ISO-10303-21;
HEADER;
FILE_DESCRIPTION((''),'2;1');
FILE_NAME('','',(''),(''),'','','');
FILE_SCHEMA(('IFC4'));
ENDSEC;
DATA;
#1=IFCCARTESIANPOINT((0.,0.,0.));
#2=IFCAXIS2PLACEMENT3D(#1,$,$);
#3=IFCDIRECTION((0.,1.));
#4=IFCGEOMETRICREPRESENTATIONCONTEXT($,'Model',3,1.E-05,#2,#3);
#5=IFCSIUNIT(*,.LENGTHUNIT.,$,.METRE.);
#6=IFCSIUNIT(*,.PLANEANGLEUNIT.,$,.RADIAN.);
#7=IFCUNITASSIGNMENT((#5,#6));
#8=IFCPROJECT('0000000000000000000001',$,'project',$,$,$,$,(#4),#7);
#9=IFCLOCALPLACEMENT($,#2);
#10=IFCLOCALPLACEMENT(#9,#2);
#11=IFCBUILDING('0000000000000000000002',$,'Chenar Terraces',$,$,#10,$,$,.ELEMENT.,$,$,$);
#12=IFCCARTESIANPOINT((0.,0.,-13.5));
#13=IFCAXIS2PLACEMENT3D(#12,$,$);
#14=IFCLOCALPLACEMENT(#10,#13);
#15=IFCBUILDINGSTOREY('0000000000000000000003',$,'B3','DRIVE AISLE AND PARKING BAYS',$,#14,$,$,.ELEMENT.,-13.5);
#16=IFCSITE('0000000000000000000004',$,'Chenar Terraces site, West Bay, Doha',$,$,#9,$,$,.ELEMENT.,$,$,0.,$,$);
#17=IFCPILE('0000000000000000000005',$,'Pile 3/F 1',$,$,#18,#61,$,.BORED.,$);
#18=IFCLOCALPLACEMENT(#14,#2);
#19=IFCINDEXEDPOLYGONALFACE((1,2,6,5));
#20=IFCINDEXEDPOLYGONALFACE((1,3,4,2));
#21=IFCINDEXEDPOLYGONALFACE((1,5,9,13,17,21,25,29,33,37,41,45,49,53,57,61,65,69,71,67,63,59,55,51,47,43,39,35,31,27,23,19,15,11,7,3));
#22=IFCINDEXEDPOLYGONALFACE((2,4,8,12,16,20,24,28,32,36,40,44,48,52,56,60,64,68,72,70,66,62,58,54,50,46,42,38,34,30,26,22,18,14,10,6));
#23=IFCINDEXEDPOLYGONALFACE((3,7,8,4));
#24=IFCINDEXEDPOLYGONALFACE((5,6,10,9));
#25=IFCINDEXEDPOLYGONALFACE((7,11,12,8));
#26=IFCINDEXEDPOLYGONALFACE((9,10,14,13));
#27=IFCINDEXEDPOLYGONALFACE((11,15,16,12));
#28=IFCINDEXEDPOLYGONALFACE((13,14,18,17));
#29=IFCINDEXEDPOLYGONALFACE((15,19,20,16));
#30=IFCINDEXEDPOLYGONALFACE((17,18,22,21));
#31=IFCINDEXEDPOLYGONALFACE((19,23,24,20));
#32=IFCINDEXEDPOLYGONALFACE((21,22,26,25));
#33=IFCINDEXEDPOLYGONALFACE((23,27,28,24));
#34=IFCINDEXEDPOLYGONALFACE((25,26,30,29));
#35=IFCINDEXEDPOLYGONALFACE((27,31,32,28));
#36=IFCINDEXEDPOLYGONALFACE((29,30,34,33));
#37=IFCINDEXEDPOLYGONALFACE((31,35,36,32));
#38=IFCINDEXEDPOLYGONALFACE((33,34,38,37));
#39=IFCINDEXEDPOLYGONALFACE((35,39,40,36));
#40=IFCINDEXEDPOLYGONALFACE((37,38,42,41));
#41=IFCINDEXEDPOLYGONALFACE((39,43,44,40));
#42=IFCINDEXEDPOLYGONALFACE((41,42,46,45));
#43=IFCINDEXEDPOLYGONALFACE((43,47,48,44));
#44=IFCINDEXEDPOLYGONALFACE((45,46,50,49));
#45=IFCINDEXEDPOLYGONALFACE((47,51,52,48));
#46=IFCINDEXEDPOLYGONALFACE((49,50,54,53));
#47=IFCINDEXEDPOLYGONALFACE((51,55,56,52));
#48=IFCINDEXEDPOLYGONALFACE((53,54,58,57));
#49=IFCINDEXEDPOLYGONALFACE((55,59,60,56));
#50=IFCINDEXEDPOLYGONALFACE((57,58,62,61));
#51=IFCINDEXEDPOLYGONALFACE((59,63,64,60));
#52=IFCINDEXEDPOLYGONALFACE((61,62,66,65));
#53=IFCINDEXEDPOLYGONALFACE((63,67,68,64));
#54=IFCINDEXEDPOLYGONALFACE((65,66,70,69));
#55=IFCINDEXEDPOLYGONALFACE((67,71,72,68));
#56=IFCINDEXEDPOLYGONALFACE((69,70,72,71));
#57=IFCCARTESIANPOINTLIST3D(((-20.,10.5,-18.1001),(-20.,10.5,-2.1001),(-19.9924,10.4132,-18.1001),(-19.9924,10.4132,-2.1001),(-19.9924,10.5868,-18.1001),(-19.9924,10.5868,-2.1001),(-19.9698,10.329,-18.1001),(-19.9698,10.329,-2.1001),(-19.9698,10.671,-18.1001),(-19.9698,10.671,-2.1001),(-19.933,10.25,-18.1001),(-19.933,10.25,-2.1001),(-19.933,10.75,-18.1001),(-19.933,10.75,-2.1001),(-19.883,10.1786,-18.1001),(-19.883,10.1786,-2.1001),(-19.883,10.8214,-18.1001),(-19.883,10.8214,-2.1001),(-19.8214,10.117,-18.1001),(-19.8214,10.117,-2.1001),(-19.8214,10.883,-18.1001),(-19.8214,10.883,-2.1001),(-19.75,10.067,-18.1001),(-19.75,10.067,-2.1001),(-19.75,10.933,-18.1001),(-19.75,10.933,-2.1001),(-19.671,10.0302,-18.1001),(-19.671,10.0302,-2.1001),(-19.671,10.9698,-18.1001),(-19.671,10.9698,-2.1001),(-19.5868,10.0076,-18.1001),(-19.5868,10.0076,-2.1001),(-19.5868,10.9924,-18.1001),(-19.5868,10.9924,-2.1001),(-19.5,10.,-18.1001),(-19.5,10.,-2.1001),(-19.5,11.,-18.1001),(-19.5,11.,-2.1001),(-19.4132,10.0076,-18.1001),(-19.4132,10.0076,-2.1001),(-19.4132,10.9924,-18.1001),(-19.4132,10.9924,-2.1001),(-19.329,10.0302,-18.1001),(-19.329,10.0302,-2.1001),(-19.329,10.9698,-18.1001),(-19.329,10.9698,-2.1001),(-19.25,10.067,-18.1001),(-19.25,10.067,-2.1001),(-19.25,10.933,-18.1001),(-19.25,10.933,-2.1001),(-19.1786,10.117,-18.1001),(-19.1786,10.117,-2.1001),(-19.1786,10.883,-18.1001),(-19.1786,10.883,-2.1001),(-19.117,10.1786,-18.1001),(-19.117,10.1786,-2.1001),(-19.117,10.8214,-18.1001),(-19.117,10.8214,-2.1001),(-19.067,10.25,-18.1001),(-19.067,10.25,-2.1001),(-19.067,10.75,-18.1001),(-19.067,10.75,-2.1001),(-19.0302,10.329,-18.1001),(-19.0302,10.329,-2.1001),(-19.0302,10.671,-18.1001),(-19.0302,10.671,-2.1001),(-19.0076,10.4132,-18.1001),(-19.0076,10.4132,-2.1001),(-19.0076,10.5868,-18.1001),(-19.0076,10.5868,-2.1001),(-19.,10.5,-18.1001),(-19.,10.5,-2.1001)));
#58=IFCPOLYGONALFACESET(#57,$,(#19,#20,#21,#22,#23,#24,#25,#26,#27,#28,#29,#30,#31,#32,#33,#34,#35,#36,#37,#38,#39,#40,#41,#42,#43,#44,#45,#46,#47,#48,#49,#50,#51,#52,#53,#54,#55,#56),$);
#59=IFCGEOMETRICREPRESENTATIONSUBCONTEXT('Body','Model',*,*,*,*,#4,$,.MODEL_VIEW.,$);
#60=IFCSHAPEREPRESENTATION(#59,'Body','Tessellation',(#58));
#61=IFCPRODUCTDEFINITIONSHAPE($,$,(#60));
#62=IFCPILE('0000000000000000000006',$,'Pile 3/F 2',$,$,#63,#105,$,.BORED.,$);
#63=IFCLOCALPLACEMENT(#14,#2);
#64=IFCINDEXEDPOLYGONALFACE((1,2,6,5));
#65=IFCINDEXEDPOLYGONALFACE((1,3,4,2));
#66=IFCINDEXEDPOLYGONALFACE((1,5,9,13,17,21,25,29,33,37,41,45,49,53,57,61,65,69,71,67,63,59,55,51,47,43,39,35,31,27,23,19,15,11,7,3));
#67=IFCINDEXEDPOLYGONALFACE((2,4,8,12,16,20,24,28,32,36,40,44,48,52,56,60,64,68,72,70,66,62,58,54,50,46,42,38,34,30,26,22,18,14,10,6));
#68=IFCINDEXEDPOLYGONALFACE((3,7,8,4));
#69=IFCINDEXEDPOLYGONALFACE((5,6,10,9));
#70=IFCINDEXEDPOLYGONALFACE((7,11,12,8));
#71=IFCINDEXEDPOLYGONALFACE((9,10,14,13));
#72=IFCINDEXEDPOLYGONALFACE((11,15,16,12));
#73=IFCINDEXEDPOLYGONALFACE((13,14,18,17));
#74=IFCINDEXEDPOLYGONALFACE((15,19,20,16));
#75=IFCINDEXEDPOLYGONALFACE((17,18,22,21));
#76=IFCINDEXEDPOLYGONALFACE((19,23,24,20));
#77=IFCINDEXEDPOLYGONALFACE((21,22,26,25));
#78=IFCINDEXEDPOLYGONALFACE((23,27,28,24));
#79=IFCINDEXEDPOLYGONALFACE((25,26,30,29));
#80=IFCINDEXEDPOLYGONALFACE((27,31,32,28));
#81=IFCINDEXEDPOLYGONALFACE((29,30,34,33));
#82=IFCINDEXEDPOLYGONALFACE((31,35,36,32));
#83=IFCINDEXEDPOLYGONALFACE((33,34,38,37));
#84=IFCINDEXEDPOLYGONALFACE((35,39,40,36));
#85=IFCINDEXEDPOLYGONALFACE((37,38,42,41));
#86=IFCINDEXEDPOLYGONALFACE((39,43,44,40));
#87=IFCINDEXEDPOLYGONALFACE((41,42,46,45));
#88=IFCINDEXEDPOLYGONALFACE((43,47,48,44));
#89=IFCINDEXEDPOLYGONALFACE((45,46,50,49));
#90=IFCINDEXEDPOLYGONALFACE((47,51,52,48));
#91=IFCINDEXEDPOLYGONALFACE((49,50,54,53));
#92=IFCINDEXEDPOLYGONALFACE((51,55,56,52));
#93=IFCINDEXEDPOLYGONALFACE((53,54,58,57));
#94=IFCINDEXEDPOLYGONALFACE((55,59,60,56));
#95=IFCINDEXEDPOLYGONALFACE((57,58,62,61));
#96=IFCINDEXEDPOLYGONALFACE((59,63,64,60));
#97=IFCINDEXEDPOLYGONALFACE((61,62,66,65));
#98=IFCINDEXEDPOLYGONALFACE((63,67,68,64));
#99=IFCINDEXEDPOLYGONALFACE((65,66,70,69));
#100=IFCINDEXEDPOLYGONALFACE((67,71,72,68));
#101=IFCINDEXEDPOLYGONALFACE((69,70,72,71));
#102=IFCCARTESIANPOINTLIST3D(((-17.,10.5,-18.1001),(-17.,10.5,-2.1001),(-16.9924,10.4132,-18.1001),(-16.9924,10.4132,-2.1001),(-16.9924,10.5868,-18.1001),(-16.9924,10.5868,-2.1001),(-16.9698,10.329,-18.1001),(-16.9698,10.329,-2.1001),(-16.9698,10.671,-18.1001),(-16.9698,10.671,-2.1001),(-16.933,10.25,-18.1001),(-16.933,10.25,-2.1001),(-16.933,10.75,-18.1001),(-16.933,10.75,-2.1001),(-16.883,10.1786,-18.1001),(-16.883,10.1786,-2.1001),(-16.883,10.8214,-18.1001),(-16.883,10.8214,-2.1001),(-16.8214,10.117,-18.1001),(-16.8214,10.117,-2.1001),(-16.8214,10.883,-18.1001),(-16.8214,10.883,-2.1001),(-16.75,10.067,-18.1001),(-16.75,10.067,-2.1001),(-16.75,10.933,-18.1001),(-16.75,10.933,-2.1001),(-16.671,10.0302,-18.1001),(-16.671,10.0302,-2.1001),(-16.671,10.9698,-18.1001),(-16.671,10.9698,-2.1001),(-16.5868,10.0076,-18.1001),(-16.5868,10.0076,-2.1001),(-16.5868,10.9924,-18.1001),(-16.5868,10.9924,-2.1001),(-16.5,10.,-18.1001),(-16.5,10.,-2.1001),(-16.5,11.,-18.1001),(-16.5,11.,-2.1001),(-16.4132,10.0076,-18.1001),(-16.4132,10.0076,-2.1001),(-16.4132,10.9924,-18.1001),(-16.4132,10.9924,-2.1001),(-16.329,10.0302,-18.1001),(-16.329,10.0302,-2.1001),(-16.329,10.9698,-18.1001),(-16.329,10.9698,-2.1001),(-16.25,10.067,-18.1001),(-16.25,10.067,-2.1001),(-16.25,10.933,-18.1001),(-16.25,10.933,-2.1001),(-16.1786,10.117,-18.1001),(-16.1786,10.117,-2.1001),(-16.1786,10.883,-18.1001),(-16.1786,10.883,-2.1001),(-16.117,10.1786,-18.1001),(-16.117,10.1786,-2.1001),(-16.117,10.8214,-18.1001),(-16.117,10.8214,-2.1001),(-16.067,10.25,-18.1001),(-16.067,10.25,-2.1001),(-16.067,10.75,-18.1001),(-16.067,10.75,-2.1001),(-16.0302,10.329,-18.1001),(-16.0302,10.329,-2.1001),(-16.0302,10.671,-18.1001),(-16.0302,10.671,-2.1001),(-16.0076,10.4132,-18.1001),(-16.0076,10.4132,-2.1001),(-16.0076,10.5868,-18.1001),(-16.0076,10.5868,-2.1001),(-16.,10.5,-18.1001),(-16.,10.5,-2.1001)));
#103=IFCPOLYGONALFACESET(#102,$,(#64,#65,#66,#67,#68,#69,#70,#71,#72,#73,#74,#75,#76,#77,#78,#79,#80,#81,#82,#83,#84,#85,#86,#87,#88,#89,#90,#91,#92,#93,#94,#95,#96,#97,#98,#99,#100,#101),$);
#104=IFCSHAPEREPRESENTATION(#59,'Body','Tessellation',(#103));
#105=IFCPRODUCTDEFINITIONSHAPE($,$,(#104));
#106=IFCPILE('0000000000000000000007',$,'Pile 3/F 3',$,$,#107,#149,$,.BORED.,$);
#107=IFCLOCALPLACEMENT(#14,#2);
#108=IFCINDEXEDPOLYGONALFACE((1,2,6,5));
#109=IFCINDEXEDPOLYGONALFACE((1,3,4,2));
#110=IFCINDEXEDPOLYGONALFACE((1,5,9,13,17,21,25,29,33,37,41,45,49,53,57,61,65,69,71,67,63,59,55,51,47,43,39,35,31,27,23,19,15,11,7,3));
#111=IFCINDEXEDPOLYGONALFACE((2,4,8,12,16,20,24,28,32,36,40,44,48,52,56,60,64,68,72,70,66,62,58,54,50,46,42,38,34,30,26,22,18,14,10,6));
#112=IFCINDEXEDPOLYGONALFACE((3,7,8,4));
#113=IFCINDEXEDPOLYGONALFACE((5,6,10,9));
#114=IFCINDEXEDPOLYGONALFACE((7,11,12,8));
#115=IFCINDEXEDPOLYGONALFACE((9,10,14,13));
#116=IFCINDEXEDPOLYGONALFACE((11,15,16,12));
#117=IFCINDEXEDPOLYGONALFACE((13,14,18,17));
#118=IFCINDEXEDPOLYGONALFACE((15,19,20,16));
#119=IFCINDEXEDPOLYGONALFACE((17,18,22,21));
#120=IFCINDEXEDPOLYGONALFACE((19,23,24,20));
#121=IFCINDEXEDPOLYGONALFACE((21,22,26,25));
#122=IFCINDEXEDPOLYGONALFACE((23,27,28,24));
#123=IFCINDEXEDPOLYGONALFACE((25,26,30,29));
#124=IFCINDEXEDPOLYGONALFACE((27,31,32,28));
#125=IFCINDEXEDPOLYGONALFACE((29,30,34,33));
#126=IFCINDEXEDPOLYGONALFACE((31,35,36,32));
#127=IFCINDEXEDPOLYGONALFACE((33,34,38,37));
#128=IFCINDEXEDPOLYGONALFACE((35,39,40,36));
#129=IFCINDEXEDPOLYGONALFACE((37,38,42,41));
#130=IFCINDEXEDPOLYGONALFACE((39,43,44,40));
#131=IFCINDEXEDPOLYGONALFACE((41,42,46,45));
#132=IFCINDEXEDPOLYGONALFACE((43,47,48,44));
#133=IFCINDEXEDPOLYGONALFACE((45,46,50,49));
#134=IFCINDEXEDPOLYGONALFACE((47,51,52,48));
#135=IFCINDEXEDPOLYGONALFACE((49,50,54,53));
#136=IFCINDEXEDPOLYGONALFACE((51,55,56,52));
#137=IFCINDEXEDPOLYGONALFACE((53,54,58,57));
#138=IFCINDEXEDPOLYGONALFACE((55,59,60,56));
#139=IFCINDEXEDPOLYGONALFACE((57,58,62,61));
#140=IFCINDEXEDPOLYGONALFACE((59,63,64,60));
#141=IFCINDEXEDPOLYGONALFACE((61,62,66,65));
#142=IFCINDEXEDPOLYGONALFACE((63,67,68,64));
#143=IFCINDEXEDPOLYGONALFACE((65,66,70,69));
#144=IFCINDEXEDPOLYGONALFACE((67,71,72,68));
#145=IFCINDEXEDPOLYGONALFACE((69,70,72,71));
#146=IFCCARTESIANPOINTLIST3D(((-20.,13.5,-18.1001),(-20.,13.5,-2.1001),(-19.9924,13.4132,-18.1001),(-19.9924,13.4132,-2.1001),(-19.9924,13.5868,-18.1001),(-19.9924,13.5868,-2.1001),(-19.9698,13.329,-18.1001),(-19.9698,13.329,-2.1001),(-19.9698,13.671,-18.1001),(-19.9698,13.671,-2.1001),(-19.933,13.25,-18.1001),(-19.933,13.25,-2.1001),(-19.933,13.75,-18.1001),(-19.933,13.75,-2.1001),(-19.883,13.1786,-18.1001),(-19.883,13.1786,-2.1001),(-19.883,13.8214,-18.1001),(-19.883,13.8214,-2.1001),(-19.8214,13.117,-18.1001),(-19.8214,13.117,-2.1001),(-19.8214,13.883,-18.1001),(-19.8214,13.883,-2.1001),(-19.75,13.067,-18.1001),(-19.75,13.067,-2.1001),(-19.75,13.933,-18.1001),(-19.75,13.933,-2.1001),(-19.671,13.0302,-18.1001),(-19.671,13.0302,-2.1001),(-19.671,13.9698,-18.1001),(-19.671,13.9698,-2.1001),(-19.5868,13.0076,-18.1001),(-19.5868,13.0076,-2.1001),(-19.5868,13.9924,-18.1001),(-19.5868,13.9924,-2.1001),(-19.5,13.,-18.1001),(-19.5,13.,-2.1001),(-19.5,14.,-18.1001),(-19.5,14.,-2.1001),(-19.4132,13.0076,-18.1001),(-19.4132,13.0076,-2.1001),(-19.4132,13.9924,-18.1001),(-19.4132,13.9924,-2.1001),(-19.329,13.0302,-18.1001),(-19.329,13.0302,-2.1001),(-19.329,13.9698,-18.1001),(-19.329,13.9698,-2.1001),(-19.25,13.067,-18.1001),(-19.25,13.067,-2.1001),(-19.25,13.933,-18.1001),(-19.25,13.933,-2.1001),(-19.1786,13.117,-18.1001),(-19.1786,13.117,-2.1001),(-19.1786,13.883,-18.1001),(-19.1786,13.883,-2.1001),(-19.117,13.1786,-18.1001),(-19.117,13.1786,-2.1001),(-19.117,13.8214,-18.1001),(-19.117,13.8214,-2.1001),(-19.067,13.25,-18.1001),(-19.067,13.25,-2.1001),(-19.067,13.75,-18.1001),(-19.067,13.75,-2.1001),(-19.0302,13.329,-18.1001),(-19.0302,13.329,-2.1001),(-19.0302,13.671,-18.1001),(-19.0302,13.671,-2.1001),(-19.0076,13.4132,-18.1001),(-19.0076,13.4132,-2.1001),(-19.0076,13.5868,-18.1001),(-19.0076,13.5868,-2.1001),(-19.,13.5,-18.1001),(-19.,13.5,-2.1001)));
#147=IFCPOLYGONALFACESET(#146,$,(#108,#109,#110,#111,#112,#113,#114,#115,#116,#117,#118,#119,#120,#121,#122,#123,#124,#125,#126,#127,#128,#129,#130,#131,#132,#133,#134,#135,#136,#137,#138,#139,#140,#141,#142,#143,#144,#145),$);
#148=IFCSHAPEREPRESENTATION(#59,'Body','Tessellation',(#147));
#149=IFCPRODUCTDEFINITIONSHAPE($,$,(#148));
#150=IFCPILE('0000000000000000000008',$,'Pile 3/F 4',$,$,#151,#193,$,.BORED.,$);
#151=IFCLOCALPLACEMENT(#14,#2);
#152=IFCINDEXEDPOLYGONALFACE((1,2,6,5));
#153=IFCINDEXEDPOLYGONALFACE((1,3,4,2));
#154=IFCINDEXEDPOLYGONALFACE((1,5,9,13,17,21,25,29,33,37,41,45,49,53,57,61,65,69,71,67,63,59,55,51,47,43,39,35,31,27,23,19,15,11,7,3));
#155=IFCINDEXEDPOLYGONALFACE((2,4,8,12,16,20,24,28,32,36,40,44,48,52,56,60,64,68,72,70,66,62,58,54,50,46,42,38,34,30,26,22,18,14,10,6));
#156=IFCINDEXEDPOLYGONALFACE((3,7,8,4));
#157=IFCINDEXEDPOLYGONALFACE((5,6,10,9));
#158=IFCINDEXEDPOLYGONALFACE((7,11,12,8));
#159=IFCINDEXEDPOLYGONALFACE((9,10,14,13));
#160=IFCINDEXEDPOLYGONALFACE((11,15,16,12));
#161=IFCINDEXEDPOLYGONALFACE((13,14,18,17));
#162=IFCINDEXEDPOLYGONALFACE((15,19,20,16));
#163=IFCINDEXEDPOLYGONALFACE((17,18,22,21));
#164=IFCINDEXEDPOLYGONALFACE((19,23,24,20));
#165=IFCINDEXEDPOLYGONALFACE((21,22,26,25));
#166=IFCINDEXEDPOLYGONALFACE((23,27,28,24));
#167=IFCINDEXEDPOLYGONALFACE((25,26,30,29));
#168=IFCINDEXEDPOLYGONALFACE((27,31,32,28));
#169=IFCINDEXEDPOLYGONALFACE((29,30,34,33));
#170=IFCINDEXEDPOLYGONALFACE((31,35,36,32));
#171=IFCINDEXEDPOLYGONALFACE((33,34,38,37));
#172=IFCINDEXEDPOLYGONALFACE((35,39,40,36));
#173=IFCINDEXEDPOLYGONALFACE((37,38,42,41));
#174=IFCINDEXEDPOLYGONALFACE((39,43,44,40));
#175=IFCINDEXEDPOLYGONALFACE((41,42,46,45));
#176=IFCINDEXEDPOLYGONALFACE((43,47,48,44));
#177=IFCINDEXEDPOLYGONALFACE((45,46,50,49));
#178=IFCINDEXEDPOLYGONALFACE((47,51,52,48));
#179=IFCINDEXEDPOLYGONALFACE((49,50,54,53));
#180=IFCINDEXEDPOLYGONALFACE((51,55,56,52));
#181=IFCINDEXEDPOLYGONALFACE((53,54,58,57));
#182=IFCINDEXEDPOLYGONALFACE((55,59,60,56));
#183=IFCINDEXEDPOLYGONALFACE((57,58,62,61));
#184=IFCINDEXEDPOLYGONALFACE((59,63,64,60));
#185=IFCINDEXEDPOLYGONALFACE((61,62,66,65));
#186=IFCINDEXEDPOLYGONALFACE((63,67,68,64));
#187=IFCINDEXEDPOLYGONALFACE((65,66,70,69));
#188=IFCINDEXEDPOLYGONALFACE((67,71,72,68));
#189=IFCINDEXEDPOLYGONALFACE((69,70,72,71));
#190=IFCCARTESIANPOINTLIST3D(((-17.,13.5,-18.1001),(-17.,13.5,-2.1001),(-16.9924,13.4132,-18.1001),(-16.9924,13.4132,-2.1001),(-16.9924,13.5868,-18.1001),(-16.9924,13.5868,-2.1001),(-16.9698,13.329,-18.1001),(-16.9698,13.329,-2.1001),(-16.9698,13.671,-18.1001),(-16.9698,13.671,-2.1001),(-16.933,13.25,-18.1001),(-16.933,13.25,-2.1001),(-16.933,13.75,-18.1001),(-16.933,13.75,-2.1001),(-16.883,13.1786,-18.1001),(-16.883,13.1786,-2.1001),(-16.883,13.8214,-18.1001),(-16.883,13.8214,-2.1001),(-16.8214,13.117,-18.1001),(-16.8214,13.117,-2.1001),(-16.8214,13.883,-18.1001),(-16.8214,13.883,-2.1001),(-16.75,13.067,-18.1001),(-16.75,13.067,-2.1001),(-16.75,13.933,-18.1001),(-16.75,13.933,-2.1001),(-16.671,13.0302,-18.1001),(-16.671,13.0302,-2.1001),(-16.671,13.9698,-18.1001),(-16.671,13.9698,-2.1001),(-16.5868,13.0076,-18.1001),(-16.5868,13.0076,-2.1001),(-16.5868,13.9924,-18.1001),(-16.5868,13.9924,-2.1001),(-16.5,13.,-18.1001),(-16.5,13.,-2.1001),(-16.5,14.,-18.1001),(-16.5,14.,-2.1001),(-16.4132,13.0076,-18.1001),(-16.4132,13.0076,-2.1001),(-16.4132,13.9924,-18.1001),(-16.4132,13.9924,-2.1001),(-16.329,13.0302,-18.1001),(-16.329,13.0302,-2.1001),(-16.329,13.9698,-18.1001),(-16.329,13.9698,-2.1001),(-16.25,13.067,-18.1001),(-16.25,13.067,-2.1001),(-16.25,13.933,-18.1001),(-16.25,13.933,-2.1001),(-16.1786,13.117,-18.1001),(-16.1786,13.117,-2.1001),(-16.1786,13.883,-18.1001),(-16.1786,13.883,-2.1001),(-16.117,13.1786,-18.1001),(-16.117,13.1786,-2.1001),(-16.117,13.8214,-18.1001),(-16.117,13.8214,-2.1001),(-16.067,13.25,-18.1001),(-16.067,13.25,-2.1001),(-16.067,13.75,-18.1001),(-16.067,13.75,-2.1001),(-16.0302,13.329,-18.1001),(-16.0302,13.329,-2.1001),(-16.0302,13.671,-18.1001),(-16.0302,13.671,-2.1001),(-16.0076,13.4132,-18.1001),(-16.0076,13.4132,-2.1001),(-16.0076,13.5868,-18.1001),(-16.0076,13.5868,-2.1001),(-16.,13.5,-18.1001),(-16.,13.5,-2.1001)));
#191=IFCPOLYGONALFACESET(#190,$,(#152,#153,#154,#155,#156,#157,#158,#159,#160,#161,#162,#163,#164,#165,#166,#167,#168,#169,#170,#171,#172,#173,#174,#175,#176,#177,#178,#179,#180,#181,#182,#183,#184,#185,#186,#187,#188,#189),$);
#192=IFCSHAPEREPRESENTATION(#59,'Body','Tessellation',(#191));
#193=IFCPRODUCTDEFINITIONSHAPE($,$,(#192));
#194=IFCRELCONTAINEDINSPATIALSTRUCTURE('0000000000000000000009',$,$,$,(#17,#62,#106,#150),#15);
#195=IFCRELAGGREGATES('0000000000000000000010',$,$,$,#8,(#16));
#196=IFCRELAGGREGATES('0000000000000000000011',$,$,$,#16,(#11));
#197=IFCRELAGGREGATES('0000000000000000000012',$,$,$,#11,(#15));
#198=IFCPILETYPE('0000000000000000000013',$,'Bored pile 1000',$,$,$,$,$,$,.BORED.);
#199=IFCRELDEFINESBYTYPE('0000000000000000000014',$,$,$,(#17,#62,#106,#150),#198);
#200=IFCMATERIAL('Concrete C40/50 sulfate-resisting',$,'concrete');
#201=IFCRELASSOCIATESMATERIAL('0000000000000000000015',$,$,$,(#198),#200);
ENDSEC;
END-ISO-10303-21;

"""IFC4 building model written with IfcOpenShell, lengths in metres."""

from ifc_helpers import new_model, si_unit, direction, frame, origin, origin_2d, place, context, subcontext, project, spatial, circle, extrude, material, material_profile, profile_set, type_object, element, save


model = new_model("IFC4")

# Units and contexts
model_context = context("Model", 3, precision=1e-05, world=origin(), true_north=direction((0.0, 1.0)))
body_context = subcontext(model_context, "Body", "Model", "MODEL_VIEW")
ifc_project = project(units=[si_unit("LENGTHUNIT", "METRE"), si_unit("PLANEANGLEUNIT", "RADIAN")], contexts=[model_context])

# Site, building, storey
site_placement = place(None, origin())
site = spatial("IfcSite", under=ifc_project, at=site_placement, Name="Chenar Terraces site, West Bay, Doha", CompositionType="ELEMENT", RefElevation=0.0)
building_placement = place(site_placement, origin())
building = spatial("IfcBuilding", under=site, at=building_placement, Name="Chenar Terraces", CompositionType="ELEMENT")
storey_placement = place(building_placement, frame((0.0, 0.0, -13.5)))
storey = spatial("IfcBuildingStorey", under=building, at=storey_placement, Name="B3", Description="DRIVE AISLE AND PARKING BAYS", CompositionType="ELEMENT", Elevation=-13.5)

# Piles
ifc_material_1 = material(Name="Concrete C40/50 sulfate-resisting", Category="concrete")
ifc_material_profile_1 = material_profile(ifc_material_1, circle(Radius=0.5, at=origin_2d()), Name="BP 1000")
ifc_profile_set_1 = profile_set([ifc_material_profile_1], Name="Concrete C40/50 sulfate-resisting")
pile_type_1 = type_object("IfcPileType", Name="Bored pile 1000", PredefinedType="BORED", material=ifc_profile_set_1)
for number, where, z_axis, x_axis, name in (
    (1, (-19.5, 10.5, -2.1001), (0.0, 0.0, -1.0), (1.0, 0.0, 0.0), "Pile 3/F 1"),
    (2, (-16.5, 10.5, -2.1001), (0.0, 0.0, -1.0), (1.0, 0.0, 0.0), "Pile 3/F 2"),
    (3, (-19.5, 13.5, -2.1001), (0.0, 0.0, -1.0), (1.0, 0.0, 0.0), "Pile 3/F 3"),
    (4, (-16.5, 13.5, -2.1001), (0.0, 0.0, -1.0), (1.0, 0.0, 0.0), "Pile 3/F 4"),
):
    element("IfcPile", number, at=place(storey_placement, frame(where, z_axis=z_axis, x_axis=x_axis)), inside=storey, type_object=pile_type_1, Name=name, PredefinedType="BORED", context=body_context, shape_type="SweptSolid", body=[
        extrude(circle(Radius=0.5, at=origin_2d()), origin(), (0.0, 0.0, 1.0), 16.0),
    ])

save(model, "model.ifc")
